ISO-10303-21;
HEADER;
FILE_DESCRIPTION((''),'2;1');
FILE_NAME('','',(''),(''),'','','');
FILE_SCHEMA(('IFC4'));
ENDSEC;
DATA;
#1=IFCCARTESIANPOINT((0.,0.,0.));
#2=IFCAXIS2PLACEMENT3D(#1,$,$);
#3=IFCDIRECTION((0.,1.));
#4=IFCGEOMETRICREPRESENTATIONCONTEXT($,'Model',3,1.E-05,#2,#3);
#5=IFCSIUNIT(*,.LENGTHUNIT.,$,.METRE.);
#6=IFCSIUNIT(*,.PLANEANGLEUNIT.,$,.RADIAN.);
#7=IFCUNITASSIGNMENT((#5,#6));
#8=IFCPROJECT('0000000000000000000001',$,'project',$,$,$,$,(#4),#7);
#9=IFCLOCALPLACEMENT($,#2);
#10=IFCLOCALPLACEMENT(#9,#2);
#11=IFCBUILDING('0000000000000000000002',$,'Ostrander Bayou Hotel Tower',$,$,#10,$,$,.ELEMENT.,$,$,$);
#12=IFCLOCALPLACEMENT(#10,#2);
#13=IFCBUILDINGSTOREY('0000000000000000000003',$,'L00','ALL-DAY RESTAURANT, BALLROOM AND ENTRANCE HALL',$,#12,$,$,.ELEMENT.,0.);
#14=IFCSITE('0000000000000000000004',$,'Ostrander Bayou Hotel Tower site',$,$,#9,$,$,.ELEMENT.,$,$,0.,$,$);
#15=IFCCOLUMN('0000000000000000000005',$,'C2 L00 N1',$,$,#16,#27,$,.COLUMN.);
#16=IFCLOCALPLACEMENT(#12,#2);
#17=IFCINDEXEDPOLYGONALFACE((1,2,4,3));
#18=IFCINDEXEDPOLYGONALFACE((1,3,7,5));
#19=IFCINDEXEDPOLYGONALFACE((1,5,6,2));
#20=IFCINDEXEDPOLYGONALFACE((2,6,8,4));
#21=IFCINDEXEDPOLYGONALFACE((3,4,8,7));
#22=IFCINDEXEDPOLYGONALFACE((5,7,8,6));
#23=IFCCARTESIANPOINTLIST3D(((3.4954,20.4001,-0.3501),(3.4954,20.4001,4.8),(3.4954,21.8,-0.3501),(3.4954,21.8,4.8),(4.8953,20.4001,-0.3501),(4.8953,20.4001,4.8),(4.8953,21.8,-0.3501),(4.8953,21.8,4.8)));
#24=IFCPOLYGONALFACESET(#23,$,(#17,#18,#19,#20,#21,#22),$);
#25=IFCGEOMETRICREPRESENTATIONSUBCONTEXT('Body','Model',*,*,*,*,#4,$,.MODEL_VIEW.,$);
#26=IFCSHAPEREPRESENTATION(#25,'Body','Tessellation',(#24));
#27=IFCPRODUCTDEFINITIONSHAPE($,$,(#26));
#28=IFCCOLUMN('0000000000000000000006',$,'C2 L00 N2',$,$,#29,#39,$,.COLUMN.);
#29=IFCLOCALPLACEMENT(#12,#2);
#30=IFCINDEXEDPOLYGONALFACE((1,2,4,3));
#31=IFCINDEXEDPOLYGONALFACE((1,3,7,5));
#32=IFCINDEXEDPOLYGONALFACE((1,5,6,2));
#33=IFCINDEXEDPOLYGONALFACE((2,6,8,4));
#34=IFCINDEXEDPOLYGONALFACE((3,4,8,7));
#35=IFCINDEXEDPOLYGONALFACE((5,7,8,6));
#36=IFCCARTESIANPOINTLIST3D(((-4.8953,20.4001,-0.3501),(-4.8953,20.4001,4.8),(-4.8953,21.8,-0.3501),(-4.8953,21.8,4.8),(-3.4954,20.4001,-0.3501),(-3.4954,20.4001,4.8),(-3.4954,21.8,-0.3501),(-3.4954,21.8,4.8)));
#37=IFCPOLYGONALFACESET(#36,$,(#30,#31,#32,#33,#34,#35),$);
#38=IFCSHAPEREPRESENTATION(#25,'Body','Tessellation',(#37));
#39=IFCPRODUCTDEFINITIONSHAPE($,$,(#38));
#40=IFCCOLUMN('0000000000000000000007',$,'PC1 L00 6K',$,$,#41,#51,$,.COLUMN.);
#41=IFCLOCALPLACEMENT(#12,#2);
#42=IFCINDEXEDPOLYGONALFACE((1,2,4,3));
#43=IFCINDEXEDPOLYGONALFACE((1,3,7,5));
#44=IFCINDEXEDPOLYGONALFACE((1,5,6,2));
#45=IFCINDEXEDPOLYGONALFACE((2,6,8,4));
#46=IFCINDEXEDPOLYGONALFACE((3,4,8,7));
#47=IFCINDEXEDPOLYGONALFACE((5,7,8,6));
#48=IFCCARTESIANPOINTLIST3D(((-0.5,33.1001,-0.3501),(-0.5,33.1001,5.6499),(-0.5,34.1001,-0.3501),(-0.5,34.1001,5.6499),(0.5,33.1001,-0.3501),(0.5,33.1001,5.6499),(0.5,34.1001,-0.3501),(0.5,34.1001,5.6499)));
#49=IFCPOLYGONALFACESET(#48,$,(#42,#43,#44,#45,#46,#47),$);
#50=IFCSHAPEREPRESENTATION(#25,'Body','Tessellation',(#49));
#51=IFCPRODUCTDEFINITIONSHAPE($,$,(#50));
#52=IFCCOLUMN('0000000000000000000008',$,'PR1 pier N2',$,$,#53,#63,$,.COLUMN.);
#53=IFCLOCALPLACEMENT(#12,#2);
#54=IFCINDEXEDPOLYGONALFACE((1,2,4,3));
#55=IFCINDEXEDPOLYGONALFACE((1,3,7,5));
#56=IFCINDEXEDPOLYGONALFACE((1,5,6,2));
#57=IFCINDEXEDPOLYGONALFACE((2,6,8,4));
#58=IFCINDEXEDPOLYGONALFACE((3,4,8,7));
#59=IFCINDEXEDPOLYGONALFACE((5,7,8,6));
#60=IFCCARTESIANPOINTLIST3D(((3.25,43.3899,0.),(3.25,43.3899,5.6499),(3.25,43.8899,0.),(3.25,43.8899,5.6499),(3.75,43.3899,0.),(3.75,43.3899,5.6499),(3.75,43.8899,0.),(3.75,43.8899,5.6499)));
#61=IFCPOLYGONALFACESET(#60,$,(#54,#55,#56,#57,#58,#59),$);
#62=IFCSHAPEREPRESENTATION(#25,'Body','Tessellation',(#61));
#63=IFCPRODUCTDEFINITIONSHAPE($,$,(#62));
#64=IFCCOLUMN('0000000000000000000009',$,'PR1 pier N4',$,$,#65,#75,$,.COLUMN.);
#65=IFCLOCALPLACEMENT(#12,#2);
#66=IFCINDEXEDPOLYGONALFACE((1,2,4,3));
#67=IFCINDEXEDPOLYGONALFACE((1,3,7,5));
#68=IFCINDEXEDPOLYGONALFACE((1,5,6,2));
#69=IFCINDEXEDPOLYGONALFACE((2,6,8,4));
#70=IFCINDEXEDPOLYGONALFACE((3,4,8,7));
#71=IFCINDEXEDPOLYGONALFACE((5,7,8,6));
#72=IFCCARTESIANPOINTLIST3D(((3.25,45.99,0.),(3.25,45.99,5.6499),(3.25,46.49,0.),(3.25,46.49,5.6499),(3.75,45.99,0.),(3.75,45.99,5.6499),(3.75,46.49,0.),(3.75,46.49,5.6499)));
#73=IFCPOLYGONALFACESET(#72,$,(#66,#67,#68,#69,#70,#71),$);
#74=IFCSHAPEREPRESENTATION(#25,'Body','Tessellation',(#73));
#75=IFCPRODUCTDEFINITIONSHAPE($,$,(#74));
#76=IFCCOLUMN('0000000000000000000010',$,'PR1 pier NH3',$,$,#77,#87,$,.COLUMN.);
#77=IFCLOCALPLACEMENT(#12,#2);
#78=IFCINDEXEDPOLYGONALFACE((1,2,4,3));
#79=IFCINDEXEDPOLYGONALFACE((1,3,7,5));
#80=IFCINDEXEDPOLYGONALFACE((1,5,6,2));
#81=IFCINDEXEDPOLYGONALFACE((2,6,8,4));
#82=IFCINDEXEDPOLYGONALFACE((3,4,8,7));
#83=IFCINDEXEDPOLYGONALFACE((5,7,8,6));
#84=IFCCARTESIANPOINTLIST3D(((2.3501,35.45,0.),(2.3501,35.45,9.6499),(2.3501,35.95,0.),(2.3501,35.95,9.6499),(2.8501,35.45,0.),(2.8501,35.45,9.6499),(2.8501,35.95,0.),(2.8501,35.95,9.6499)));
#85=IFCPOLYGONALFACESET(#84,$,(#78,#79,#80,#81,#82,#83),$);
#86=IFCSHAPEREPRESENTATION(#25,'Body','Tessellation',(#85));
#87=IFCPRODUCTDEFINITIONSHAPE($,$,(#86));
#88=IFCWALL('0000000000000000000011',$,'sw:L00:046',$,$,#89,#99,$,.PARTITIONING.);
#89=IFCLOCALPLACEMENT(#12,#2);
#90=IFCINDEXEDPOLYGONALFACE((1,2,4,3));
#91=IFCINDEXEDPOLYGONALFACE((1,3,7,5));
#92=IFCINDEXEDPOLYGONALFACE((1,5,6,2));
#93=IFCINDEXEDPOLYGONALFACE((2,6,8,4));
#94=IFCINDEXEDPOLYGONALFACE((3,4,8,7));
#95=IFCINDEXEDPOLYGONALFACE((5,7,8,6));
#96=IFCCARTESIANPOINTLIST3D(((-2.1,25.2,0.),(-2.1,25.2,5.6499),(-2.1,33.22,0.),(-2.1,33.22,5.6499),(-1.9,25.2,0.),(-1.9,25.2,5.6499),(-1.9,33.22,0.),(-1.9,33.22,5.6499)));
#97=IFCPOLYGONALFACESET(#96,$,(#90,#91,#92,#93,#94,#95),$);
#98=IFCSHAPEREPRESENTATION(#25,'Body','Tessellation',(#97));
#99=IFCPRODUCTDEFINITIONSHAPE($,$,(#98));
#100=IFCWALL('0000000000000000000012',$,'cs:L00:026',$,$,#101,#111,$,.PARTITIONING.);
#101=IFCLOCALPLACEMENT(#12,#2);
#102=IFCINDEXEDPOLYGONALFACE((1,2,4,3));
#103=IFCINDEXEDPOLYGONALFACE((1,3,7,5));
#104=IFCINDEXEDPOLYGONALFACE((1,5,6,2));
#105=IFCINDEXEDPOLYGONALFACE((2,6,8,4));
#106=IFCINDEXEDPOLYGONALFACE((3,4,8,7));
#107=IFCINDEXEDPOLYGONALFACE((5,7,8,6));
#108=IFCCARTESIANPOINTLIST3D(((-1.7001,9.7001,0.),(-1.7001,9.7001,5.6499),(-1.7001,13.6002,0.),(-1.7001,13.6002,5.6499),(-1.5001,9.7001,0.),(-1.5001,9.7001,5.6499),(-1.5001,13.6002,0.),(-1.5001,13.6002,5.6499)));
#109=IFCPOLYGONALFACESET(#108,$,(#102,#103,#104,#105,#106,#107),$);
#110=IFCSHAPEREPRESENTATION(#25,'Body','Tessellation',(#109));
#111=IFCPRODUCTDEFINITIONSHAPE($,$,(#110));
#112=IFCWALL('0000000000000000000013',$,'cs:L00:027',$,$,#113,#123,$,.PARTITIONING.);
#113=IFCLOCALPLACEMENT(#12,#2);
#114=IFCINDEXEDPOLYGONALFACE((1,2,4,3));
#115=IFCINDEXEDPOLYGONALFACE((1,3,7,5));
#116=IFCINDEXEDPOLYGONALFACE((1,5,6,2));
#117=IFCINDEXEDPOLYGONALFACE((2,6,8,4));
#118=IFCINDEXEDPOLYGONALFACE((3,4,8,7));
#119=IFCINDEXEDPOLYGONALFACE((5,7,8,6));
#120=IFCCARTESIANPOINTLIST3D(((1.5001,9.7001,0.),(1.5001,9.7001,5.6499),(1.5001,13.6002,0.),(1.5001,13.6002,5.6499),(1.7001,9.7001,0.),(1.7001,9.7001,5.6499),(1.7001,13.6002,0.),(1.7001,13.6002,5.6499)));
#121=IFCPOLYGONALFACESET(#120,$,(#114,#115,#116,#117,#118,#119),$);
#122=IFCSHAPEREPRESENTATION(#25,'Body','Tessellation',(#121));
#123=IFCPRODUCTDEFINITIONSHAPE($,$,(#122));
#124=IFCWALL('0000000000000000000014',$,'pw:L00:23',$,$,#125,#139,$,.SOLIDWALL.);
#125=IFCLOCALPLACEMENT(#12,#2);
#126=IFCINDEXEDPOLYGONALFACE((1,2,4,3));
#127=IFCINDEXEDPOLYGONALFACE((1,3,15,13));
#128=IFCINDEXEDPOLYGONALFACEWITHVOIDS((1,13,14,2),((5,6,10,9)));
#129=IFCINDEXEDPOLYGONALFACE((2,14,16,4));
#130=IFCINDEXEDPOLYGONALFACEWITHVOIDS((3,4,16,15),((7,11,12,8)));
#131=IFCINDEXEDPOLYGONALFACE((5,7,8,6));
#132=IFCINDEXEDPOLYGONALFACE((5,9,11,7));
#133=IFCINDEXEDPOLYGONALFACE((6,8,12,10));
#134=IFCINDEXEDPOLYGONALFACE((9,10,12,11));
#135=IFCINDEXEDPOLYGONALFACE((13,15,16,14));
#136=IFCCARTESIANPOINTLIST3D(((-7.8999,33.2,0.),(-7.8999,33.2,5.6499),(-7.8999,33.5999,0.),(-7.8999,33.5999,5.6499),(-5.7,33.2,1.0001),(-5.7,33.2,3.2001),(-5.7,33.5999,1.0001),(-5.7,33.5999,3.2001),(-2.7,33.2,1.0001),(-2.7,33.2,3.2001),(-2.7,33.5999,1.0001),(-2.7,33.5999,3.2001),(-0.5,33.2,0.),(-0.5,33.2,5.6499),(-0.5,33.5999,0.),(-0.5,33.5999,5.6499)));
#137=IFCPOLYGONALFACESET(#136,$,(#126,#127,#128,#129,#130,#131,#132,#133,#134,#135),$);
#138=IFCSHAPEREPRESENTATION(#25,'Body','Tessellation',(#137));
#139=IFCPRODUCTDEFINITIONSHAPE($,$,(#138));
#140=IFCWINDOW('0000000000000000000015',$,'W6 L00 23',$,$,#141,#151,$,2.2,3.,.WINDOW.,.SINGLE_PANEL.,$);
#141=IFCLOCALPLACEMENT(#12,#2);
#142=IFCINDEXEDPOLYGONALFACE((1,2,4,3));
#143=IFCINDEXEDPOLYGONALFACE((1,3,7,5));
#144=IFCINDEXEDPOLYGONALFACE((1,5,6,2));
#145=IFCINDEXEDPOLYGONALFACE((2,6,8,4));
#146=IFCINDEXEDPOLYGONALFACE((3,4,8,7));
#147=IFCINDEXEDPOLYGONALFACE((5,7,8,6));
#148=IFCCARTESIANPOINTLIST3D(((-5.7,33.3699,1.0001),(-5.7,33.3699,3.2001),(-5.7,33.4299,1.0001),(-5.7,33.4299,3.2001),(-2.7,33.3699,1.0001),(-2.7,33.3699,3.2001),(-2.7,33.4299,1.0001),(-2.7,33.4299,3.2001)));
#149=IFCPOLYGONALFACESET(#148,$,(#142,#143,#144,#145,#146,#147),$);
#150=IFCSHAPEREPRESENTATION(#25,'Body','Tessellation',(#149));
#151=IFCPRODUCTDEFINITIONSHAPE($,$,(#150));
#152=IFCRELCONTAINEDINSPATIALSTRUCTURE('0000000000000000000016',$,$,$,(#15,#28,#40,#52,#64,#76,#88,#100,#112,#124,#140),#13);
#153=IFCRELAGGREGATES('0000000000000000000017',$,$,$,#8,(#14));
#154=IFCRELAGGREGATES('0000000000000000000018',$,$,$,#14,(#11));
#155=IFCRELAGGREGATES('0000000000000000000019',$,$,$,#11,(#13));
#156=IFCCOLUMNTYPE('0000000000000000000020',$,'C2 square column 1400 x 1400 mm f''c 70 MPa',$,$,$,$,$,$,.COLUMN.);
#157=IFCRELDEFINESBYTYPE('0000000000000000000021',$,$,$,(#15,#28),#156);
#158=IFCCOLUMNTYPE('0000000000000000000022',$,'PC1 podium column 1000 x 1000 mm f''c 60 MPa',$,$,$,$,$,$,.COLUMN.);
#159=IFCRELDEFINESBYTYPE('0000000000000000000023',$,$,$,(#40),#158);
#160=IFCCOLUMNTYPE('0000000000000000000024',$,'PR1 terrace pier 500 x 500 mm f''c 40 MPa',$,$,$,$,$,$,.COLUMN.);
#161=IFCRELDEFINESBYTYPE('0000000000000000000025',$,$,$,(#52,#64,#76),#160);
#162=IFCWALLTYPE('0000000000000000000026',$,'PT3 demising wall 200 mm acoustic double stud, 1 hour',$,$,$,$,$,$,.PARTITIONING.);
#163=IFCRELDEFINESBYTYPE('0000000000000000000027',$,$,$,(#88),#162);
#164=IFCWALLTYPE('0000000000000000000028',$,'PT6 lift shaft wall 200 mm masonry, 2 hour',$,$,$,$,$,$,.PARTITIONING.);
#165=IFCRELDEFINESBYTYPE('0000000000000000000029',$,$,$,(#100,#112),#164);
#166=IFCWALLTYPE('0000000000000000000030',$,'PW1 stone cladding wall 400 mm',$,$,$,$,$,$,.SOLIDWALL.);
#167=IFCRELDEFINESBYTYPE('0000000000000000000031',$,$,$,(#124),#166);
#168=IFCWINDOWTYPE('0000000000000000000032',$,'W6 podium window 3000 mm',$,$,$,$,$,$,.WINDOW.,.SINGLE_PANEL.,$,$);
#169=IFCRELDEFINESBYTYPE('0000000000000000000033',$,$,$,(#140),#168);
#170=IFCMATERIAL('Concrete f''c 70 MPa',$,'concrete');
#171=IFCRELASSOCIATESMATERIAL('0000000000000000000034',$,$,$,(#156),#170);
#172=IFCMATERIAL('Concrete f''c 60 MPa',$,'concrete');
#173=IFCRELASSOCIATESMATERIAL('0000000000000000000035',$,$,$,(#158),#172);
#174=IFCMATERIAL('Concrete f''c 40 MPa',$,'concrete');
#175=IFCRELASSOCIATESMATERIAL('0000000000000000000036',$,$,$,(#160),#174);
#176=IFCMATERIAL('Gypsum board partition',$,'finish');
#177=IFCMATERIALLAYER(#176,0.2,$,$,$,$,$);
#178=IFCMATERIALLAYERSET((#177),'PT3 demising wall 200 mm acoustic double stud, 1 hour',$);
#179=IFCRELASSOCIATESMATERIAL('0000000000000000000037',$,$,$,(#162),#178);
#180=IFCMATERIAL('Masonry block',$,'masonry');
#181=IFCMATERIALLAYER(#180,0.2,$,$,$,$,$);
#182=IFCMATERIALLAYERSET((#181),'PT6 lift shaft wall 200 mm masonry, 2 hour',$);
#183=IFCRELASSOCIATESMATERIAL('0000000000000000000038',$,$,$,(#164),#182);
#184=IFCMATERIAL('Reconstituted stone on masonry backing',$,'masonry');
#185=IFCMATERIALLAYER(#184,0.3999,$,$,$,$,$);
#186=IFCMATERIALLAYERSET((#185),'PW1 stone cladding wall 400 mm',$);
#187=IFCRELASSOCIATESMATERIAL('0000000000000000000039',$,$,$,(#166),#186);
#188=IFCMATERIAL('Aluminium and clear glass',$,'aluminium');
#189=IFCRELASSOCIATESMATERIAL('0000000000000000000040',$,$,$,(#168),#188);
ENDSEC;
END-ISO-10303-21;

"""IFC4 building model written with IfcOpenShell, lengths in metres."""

from ifc_helpers import new_model, si_unit, direction, frame, frame_2d, origin, origin_2d, place, context, subcontext, project, spatial, rectangle, extrude, material, layer, layer_set, material_profile, profile_set, type_object, element, fill, save


model = new_model("IFC4")

# Units and contexts
model_context = context("Model", 3, precision=1e-05, world=origin(), true_north=direction((0.0, 1.0)))
body_context = subcontext(model_context, "Body", "Model", "MODEL_VIEW")
ifc_project = project(units=[si_unit("LENGTHUNIT", "METRE"), si_unit("PLANEANGLEUNIT", "RADIAN")], contexts=[model_context])

# Site, building, storey
site_placement = place(None, origin())
site = spatial("IfcSite", under=ifc_project, at=site_placement, Name="Ostrander Bayou Hotel Tower site", CompositionType="ELEMENT", RefElevation=0.0)
building_placement = place(site_placement, origin())
building = spatial("IfcBuilding", under=site, at=building_placement, Name="Ostrander Bayou Hotel Tower", CompositionType="ELEMENT")
storey_placement = place(building_placement, origin())
storey = spatial("IfcBuildingStorey", under=building, at=storey_placement, Name="L00", Description="ALL-DAY RESTAURANT, BALLROOM AND ENTRANCE HALL", CompositionType="ELEMENT", Elevation=0.0)

# Columns
ifc_material_1 = material(Name="Concrete f'c 70 MPa", Category="concrete")
ifc_material_profile_1 = material_profile(ifc_material_1, rectangle(XDim=1.3999, YDim=1.3999, at=origin_2d()))
ifc_profile_set_1 = profile_set([ifc_material_profile_1], Name="Concrete f'c 70 MPa")
column_type_1 = type_object("IfcColumnType", Name="C2 square column 1400 x 1400 mm f'c 70 MPa", PredefinedType="COLUMN", material=ifc_profile_set_1)
for number, where, z_axis, x_axis, name in (
    (1, (4.1953, 21.1001, -0.3501), (0.0, 0.0, 1.0), (1.0, 0.0, 0.0), "C2 L00 N1"),
    (2, (-4.1953, 21.1001, -0.3501), (0.0, 0.0, 1.0), (1.0, 0.0, 0.0), "C2 L00 N2"),
):
    element("IfcColumn", number, at=place(storey_placement, frame(where, z_axis=z_axis, x_axis=x_axis)), inside=storey, type_object=column_type_1, Name=name, PredefinedType="COLUMN", context=body_context, shape_type="SweptSolid", body=[
        extrude(rectangle(XDim=1.3999, YDim=1.3999, at=origin_2d()), origin(), (0.0, 0.0, 1.0), 5.1501),
    ])
ifc_material_2 = material(Name="Concrete f'c 60 MPa", Category="concrete")
ifc_material_profile_2 = material_profile(ifc_material_2, rectangle(XDim=1.0, YDim=1.0, at=origin_2d()))
ifc_profile_set_2 = profile_set([ifc_material_profile_2], Name="Concrete f'c 60 MPa")
column_type_2 = type_object("IfcColumnType", Name="PC1 podium column 1000 x 1000 mm f'c 60 MPa", PredefinedType="COLUMN", material=ifc_profile_set_2)
column_1_placement = place(storey_placement, frame((0.0, 33.6001, -0.3501), z_axis=(0.0, 0.0, 1.0), x_axis=(1.0, 0.0, 0.0)))
element("IfcColumn", 3, at=column_1_placement, inside=storey, type_object=column_type_2, Name="PC1 L00 6K", PredefinedType="COLUMN", context=body_context, shape_type="SweptSolid", body=[
    extrude(rectangle(XDim=1.0, YDim=1.0, at=origin_2d()), origin(), (0.0, 0.0, 1.0), 6.0),
])
ifc_material_3 = material(Name="Concrete f'c 40 MPa", Category="concrete")
ifc_material_profile_3 = material_profile(ifc_material_3, rectangle(XDim=0.5, YDim=0.5, at=origin_2d()))
ifc_profile_set_3 = profile_set([ifc_material_profile_3], Name="Concrete f'c 40 MPa")
column_type_3 = type_object("IfcColumnType", Name="PR1 terrace pier 500 x 500 mm f'c 40 MPa", PredefinedType="COLUMN", material=ifc_profile_set_3)
for number, where, z_axis, x_axis, name in (
    (4, (3.5, 43.6399, 0.0), (0.0, 0.0, 1.0), (1.0, 0.0, 0.0), "PR1 pier N2"),
    (5, (3.5, 46.24, 0.0), (0.0, 0.0, 1.0), (1.0, 0.0, 0.0), "PR1 pier N4"),
):
    element("IfcColumn", number, at=place(storey_placement, frame(where, z_axis=z_axis, x_axis=x_axis)), inside=storey, type_object=column_type_3, Name=name, PredefinedType="COLUMN", context=body_context, shape_type="SweptSolid", body=[
        extrude(rectangle(XDim=0.5, YDim=0.5, at=origin_2d()), origin(), (0.0, 0.0, 1.0), 5.6499),
    ])
column_2_placement = place(storey_placement, frame((2.6001, 35.7, 0.0), z_axis=(0.0, 0.0, 1.0), x_axis=(1.0, 0.0, 0.0)))
element("IfcColumn", 6, at=column_2_placement, inside=storey, type_object=column_type_3, Name="PR1 pier NH3", PredefinedType="COLUMN", context=body_context, shape_type="SweptSolid", body=[
    extrude(rectangle(XDim=0.5, YDim=0.5, at=origin_2d()), origin(), (0.0, 0.0, 1.0), 9.6499),
])

# Wall
ifc_material_4 = material(Name="Gypsum board partition", Category="finish")
ifc_layer_1 = layer(ifc_material_4, 0.2)
ifc_layer_set_1 = layer_set([ifc_layer_1], Name="PT3 demising wall 200 mm acoustic double stud, 1 hour")
wall_type_1 = type_object("IfcWallType", Name="PT3 demising wall 200 mm acoustic double stud, 1 hour", PredefinedType="PARTITIONING", material=ifc_layer_set_1)
wall_1_placement = place(storey_placement, frame((-2.0, 25.2, 0.0), z_axis=(0.0, 0.0, 1.0), x_axis=(0.0, 1.0, 0.0)))
element("IfcWall", 7, at=wall_1_placement, inside=storey, type_object=wall_type_1, Name="sw:L00:046", PredefinedType="PARTITIONING", context=body_context, shape_type="SweptSolid", body=[
    extrude(rectangle(XDim=8.02, YDim=0.2, at=frame_2d((4.01, 0.0))), origin(), (0.0, 0.0, 1.0), 5.6499),
])

# Walls
ifc_material_5 = material(Name="Masonry block", Category="masonry")
ifc_layer_2 = layer(ifc_material_5, 0.2)
ifc_layer_set_2 = layer_set([ifc_layer_2], Name="PT6 lift shaft wall 200 mm masonry, 2 hour")
wall_type_2 = type_object("IfcWallType", Name="PT6 lift shaft wall 200 mm masonry, 2 hour", PredefinedType="PARTITIONING", material=ifc_layer_set_2)
for number, where, z_axis, x_axis, name in (
    (8, (-1.6001, 9.7, 0.0), (0.0, 0.0, 1.0), (0.0, 1.0, 0.0), "cs:L00:026"),
    (9, (1.6001, 9.7, 0.0), (0.0, 0.0, 1.0), (0.0, 1.0, 0.0), "cs:L00:027"),
):
    element("IfcWall", number, at=place(storey_placement, frame(where, z_axis=z_axis, x_axis=x_axis)), inside=storey, type_object=wall_type_2, Name=name, PredefinedType="PARTITIONING", context=body_context, shape_type="SweptSolid", body=[
        extrude(rectangle(XDim=3.9001, YDim=0.2, at=frame_2d((1.9502, 0.0))), origin(), (0.0, 0.0, 1.0), 5.6499),
    ])

# Wall, opening, window
ifc_material_6 = material(Name="Reconstituted stone on masonry backing", Category="masonry")
ifc_layer_3 = layer(ifc_material_6, 0.3999)
ifc_layer_set_3 = layer_set([ifc_layer_3], Name="PW1 stone cladding wall 400 mm")
wall_type_3 = type_object("IfcWallType", Name="PW1 stone cladding wall 400 mm", PredefinedType="SOLIDWALL", material=ifc_layer_set_3)
wall_2_placement = place(storey_placement, frame((-7.8999, 33.3999, 0.0), z_axis=(0.0, 0.0, 1.0), x_axis=(1.0, 0.0, 0.0)))
wall_2 = element("IfcWall", 10, at=wall_2_placement, inside=storey, type_object=wall_type_3, Name="pw:L00:23", PredefinedType="SOLIDWALL", context=body_context, shape_type="SweptSolid", body=[
    extrude(rectangle(XDim=7.3999, YDim=0.3999, at=frame_2d((3.7, 0.0))), origin(), (0.0, 0.0, 1.0), 5.6499),
])
opening_1_placement = place(wall_2_placement, frame((2.2, 0.0, 1.0)))
opening_1 = element("IfcOpeningElement", 11, at=opening_1_placement, cuts=wall_2, PredefinedType="OPENING", context=body_context, shape_type="SweptSolid", body=[
    extrude(rectangle(XDim=3.0, YDim=2.2, at=frame_2d((1.5, 1.1001))), frame((0.0, 0.2, 0.0), z_axis=(0.0, -1.0, 0.0), x_axis=(1.0, 0.0, 0.0)), (0.0, 0.0, 1.0), 0.3999),
])
ifc_material_7 = material(Name="Aluminium and clear glass", Category="aluminium")
window_type = type_object("IfcWindowType", Name="W6 podium window 3000 mm", PartitioningType="SINGLE_PANEL", PredefinedType="WINDOW", material=ifc_material_7)
window_placement = place(opening_1_placement, origin())
window = element("IfcWindow", 12, at=window_placement, inside=storey, type_object=window_type, Name="W6 L00 23", OverallHeight=2.2, OverallWidth=3.0, PartitioningType="SINGLE_PANEL", PredefinedType="WINDOW", context=body_context, shape_type="SweptSolid", body=[
    extrude(rectangle(XDim=3.0, YDim=2.2, at=frame_2d((1.5, 1.1001))), frame((0.0, 0.03, 0.0), z_axis=(0.0, -1.0, 0.0), x_axis=(1.0, 0.0, 0.0)), (0.0, 0.0, 1.0), 0.0601),
])
fill(opening_1, window)

save(model, "model.ifc")
